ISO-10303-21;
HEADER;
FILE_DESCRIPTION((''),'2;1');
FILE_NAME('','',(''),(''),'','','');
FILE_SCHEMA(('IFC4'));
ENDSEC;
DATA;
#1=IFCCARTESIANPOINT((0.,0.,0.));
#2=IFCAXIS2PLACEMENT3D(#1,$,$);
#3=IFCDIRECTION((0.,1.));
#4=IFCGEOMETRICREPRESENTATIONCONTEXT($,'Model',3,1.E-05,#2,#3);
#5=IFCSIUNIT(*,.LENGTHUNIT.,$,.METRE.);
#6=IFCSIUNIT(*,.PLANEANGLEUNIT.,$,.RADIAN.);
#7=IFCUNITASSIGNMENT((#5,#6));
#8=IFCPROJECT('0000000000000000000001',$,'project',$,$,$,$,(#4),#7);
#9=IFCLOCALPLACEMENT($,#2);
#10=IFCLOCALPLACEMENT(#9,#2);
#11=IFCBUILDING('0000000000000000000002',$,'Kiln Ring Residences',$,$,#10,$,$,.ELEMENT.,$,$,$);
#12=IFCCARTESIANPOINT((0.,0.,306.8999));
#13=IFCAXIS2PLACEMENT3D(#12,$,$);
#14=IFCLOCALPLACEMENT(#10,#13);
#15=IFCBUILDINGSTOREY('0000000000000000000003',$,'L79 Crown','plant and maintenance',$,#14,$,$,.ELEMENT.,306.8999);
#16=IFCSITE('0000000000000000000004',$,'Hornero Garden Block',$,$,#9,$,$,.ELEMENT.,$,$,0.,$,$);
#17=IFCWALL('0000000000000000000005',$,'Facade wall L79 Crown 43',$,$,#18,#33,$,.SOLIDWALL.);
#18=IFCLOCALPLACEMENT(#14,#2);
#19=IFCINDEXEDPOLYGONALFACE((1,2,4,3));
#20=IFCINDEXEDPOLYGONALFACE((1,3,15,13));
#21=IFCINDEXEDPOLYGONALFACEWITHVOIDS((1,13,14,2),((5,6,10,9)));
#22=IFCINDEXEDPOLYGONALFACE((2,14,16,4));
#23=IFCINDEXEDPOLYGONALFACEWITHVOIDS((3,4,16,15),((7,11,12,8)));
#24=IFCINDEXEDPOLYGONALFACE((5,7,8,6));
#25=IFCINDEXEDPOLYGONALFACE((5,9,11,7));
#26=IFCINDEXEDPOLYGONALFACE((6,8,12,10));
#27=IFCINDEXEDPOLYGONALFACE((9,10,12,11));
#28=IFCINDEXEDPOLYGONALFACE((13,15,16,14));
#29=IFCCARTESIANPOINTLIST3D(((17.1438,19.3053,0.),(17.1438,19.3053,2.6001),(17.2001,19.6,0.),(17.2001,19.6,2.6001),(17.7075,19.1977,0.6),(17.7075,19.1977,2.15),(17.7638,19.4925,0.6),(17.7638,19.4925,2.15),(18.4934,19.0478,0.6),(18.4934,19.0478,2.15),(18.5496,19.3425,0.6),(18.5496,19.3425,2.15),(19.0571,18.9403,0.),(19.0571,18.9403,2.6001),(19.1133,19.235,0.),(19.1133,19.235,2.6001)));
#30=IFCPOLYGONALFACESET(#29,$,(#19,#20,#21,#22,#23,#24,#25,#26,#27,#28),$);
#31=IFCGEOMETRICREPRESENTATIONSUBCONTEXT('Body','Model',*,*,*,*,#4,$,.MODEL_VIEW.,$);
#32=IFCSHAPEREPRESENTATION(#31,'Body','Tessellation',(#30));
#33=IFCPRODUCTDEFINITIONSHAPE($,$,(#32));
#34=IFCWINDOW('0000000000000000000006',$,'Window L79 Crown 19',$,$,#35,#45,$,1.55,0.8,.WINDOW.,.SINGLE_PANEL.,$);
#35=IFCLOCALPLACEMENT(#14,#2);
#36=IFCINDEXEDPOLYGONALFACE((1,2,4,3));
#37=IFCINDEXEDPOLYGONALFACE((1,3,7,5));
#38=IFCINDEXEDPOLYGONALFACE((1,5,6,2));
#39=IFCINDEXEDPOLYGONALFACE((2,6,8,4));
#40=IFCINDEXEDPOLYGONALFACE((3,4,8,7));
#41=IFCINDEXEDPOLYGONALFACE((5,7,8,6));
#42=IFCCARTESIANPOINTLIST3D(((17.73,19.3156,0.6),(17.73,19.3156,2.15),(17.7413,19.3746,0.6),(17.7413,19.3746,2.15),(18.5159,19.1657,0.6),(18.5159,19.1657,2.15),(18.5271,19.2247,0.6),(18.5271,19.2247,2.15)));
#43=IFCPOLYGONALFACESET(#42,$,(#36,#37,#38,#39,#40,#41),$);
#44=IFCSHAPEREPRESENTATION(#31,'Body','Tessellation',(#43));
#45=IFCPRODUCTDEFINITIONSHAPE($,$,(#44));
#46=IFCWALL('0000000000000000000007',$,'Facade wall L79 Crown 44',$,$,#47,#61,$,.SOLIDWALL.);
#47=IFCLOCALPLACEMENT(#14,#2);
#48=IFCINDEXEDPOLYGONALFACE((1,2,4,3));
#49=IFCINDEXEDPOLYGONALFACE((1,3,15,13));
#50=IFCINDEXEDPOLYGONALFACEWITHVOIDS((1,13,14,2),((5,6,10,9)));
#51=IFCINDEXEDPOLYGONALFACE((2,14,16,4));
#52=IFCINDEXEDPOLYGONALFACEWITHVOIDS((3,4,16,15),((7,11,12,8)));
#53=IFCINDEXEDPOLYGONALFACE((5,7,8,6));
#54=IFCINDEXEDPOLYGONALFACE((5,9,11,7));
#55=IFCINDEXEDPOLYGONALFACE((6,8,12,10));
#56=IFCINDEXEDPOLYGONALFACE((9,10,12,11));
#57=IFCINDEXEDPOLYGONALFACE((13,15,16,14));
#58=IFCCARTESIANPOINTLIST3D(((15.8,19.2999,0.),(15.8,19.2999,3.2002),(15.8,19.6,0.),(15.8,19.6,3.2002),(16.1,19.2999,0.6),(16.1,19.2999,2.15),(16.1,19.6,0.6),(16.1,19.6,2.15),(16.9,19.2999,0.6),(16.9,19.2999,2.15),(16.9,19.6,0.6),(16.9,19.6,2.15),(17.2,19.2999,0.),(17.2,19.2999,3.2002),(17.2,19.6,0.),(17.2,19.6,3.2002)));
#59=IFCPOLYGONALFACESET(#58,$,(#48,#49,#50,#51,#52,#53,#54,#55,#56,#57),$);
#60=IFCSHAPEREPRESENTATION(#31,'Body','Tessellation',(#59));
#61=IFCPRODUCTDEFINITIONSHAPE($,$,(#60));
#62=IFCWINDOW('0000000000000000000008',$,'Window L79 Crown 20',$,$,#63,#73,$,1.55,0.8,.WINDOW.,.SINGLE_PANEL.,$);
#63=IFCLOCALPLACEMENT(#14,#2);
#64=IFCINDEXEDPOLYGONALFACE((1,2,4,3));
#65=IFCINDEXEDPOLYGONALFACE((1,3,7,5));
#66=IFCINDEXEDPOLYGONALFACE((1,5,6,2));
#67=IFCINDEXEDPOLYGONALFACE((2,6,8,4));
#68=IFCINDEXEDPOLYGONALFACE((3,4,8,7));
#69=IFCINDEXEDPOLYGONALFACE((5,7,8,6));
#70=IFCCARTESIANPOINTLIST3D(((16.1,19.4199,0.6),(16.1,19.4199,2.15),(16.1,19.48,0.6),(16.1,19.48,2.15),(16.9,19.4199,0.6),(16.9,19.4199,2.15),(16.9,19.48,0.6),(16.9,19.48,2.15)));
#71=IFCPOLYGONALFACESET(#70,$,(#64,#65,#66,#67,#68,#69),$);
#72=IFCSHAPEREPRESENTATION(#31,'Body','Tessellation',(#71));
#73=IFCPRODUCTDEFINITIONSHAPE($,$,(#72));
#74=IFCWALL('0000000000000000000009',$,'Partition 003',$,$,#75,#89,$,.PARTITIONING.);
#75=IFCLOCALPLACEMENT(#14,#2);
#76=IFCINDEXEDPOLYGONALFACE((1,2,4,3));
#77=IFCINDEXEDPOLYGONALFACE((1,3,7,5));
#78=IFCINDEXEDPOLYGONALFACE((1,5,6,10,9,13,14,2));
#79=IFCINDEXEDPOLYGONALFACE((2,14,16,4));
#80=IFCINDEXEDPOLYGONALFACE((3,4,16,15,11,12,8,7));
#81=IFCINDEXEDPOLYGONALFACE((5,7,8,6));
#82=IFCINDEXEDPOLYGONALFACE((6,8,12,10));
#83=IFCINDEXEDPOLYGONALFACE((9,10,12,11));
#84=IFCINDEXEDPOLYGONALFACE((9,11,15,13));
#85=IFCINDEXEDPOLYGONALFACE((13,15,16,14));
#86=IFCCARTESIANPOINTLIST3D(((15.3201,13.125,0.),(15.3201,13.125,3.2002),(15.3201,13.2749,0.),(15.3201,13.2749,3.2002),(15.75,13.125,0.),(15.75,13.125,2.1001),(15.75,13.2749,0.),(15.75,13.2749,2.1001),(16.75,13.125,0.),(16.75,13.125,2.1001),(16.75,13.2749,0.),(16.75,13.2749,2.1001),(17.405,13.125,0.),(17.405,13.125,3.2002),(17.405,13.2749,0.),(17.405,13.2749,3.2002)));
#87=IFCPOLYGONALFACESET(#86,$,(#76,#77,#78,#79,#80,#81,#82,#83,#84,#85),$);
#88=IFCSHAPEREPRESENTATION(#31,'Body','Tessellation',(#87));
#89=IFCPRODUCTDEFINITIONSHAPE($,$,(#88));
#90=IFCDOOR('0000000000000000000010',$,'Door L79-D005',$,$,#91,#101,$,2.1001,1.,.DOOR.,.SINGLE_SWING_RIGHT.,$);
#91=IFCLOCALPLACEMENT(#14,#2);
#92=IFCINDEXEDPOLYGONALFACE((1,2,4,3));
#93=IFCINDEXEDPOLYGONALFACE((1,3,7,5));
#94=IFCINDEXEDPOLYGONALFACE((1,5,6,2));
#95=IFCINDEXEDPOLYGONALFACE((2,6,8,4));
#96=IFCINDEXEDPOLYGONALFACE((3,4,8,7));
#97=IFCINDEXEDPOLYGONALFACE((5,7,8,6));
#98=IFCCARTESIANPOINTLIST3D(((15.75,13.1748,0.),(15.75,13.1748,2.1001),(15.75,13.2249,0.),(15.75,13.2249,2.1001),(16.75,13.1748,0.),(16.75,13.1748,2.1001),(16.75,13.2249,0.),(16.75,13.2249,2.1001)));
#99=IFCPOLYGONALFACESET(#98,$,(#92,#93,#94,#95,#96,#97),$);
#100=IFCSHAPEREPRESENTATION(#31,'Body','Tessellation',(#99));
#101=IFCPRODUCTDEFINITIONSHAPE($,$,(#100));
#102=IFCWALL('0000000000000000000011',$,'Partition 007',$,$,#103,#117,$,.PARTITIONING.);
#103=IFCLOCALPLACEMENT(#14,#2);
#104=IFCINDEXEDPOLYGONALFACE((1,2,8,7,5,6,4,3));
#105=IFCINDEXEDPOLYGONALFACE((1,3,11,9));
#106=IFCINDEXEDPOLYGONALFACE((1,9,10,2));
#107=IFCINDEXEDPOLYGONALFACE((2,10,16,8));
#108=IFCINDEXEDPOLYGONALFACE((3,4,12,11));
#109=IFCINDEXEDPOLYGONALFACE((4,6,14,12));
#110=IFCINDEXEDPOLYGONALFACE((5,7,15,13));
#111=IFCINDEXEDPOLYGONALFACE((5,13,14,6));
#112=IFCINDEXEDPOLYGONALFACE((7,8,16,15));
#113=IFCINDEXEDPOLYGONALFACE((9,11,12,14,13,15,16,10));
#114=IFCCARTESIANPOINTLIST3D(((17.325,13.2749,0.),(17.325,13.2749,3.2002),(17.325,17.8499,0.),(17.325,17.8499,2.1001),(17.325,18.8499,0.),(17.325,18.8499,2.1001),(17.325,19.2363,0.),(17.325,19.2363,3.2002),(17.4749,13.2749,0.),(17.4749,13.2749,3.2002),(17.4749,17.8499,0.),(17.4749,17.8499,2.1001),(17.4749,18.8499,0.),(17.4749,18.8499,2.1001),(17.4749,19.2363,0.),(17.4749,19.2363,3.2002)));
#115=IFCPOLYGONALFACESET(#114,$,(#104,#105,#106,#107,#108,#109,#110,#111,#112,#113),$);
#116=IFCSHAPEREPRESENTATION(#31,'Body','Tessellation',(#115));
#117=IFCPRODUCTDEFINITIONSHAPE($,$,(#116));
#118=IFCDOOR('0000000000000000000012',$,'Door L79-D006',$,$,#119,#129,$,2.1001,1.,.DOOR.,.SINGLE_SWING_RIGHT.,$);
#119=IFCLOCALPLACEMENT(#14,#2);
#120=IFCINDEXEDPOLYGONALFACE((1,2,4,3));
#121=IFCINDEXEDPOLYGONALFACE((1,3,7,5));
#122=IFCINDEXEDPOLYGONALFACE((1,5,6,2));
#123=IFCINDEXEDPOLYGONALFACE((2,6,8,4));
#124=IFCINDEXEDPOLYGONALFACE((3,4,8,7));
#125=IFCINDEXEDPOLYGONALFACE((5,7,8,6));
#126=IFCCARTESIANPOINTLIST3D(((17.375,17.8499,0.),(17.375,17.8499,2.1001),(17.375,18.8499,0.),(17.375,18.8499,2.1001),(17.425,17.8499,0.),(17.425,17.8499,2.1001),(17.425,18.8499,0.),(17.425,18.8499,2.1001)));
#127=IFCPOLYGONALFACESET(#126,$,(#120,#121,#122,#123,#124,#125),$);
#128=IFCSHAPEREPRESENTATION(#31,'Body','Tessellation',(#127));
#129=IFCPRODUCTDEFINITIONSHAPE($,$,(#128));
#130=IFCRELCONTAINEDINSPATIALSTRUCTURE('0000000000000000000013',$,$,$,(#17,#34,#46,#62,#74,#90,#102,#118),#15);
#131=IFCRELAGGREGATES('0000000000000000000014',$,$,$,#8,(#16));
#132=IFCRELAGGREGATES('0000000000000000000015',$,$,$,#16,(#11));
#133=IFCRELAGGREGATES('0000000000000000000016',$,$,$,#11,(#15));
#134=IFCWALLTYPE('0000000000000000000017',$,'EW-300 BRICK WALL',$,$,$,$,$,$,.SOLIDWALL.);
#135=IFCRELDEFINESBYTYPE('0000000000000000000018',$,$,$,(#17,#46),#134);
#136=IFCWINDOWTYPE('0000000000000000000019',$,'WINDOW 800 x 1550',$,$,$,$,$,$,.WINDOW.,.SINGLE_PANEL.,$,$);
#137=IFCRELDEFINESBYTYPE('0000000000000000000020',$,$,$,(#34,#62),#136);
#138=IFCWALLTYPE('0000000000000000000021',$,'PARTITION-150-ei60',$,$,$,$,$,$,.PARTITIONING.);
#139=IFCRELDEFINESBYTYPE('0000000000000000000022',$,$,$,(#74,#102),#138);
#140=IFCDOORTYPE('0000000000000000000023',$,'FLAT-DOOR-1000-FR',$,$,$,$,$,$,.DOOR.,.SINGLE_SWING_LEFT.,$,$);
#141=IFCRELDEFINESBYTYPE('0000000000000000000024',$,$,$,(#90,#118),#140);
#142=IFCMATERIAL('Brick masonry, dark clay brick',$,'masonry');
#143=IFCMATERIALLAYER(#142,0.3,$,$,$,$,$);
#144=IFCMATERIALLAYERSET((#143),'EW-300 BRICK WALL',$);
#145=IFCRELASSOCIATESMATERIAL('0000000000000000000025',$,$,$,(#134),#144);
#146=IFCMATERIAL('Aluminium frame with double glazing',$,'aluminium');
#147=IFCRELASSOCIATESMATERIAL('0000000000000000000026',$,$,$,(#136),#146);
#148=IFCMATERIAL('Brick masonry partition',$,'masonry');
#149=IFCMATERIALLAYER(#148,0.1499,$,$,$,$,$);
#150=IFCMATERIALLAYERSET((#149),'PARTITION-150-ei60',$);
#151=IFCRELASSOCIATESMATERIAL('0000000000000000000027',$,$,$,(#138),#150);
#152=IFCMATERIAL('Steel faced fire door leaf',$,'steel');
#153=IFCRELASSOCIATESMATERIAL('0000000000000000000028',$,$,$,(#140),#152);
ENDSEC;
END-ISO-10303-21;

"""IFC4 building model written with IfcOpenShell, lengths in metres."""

from ifc_helpers import new_model, si_unit, direction, frame, frame_2d, origin, place, context, subcontext, project, spatial, rectangle, extrude, material, layer, layer_set, type_object, element, fill, save


model = new_model("IFC4")

# Units and contexts
model_context = context("Model", 3, precision=1e-05, world=origin(), true_north=direction((0.0, 1.0)))
body_context = subcontext(model_context, "Body", "Model", "MODEL_VIEW")
ifc_project = project(units=[si_unit("LENGTHUNIT", "METRE"), si_unit("PLANEANGLEUNIT", "RADIAN")], contexts=[model_context])

# Site, building, storey
site_placement = place(None, origin())
site = spatial("IfcSite", under=ifc_project, at=site_placement, Name="Hornero Garden Block", CompositionType="ELEMENT", RefElevation=0.0)
building_placement = place(site_placement, origin())
building = spatial("IfcBuilding", under=site, at=building_placement, Name="Kiln Ring Residences", CompositionType="ELEMENT")
storey_placement = place(building_placement, frame((0.0, 0.0, 306.8999)))
storey = spatial("IfcBuildingStorey", under=building, at=storey_placement, Name="L79 Crown", Description="plant and maintenance", CompositionType="ELEMENT", Elevation=306.8999)

# Shared definitions
ifc_material_1 = material(Name="Brick masonry, dark clay brick", Category="masonry")
ifc_layer_1 = layer(ifc_material_1, 0.3)
ifc_layer_set_1 = layer_set([ifc_layer_1], Name="EW-300 BRICK WALL")
wall_type_1 = type_object("IfcWallType", Name="EW-300 BRICK WALL", PredefinedType="SOLIDWALL", material=ifc_layer_set_1)

# Walls, openings, windows
wall_1_placement = place(storey_placement, frame((19.0852, 19.0876, 0.0), z_axis=(0.0, 0.0, 1.0), x_axis=(-0.982287, 0.187383, 0.0)))
wall_1 = element("IfcWall", 1, at=wall_1_placement, inside=storey, type_object=wall_type_1, Name="Facade wall L79 Crown 43", PredefinedType="SOLIDWALL", context=body_context, shape_type="SweptSolid", body=[
    extrude(rectangle(XDim=1.9478, YDim=0.3, at=frame_2d((0.9739, 0.0))), origin(), (0.0, 0.0, 1.0), 2.6001),
])
opening_1_placement = place(wall_1_placement, frame((0.574, 0.0, 0.6001)))
opening_1 = element("IfcOpeningElement", 2, at=opening_1_placement, cuts=wall_1, PredefinedType="OPENING", context=body_context, shape_type="SweptSolid", body=[
    extrude(rectangle(XDim=0.8, YDim=1.55, at=frame_2d((0.3999, 0.7749))), frame((0.0, 0.1599, 0.0), z_axis=(0.0, -1.0, 0.0), x_axis=(1.0, 0.0, 0.0)), (0.0, 0.0, 1.0), 0.3201),
])
ifc_material_2 = material(Name="Aluminium frame with double glazing", Category="aluminium")
window_type_1 = type_object("IfcWindowType", Name="WINDOW 800 x 1550", PartitioningType="SINGLE_PANEL", PredefinedType="WINDOW", material=ifc_material_2)
window_1_placement = place(opening_1_placement, origin())
window_1 = element("IfcWindow", 3, at=window_1_placement, inside=storey, type_object=window_type_1, Name="Window L79 Crown 19", OverallHeight=1.55, OverallWidth=0.8, PartitioningType="SINGLE_PANEL", PredefinedType="WINDOW", context=body_context, shape_type="SweptSolid", body=[
    extrude(rectangle(XDim=0.8, YDim=1.55, at=frame_2d((0.3999, 0.7749))), frame((0.0, 0.03, 0.0), z_axis=(0.0, -1.0, 0.0), x_axis=(1.0, 0.0, 0.0)), (0.0, 0.0, 1.0), 0.0601),
])
fill(opening_1, window_1)
wall_2_placement = place(storey_placement, frame((17.2, 19.45, 0.0), z_axis=(0.0, 0.0, 1.0), x_axis=(-1.0, 0.0, 0.0)))
wall_2 = element("IfcWall", 4, at=wall_2_placement, inside=storey, type_object=wall_type_1, Name="Facade wall L79 Crown 44", PredefinedType="SOLIDWALL", context=body_context, shape_type="SweptSolid", body=[
    extrude(rectangle(XDim=1.3999, YDim=0.3, at=frame_2d((0.7, 0.0))), origin(), (0.0, 0.0, 1.0), 3.2002),
])
opening_2_placement = place(wall_2_placement, frame((0.3, 0.0, 0.6001)))
opening_2 = element("IfcOpeningElement", 5, at=opening_2_placement, cuts=wall_2, PredefinedType="OPENING", context=body_context, shape_type="SweptSolid", body=[
    extrude(rectangle(XDim=0.8, YDim=1.55, at=frame_2d((0.3999, 0.7749))), frame((0.0, 0.1599, 0.0), z_axis=(0.0, -1.0, 0.0), x_axis=(1.0, 0.0, 0.0)), (0.0, 0.0, 1.0), 0.3201),
])
window_2_placement = place(opening_2_placement, origin())
window_2 = element("IfcWindow", 6, at=window_2_placement, inside=storey, type_object=window_type_1, Name="Window L79 Crown 20", OverallHeight=1.55, OverallWidth=0.8, PartitioningType="SINGLE_PANEL", PredefinedType="WINDOW", context=body_context, shape_type="SweptSolid", body=[
    extrude(rectangle(XDim=0.8, YDim=1.55, at=frame_2d((0.3999, 0.7749))), frame((0.0, 0.03, 0.0), z_axis=(0.0, -1.0, 0.0), x_axis=(1.0, 0.0, 0.0)), (0.0, 0.0, 1.0), 0.0601),
])
fill(opening_2, window_2)

# Walls, openings, doors
ifc_material_3 = material(Name="Brick masonry partition", Category="masonry")
ifc_layer_2 = layer(ifc_material_3, 0.1499)
ifc_layer_set_2 = layer_set([ifc_layer_2], Name="PARTITION-150-ei60")
wall_type_2 = type_object("IfcWallType", Name="PARTITION-150-ei60", PredefinedType="PARTITIONING", material=ifc_layer_set_2)
wall_3_placement = place(storey_placement, frame((15.3201, 13.2, 0.0), z_axis=(0.0, 0.0, 1.0), x_axis=(1.0, 0.0, 0.0)))
wall_3 = element("IfcWall", 7, at=wall_3_placement, inside=storey, type_object=wall_type_2, Name="Partition 003", PredefinedType="PARTITIONING", context=body_context, shape_type="SweptSolid", body=[
    extrude(rectangle(XDim=2.085, YDim=0.1499, at=frame_2d((1.0425, 0.0))), origin(), (0.0, 0.0, 1.0), 3.2002),
])
opening_3_placement = place(wall_3_placement, frame((0.4299, 0.0, 0.0)))
opening_3 = element("IfcOpeningElement", 8, at=opening_3_placement, cuts=wall_3, PredefinedType="OPENING", context=body_context, shape_type="SweptSolid", body=[
    extrude(rectangle(XDim=1.0, YDim=2.1001, at=frame_2d((0.5, 1.05))), frame((0.0, 0.085, 0.0), z_axis=(0.0, -1.0, 0.0), x_axis=(1.0, 0.0, 0.0)), (0.0, 0.0, 1.0), 0.1699),
])
ifc_material_4 = material(Name="Steel faced fire door leaf", Category="steel")
door_type_1 = type_object("IfcDoorType", Name="FLAT-DOOR-1000-FR", OperationType="SINGLE_SWING_LEFT", PredefinedType="DOOR", material=ifc_material_4)
door_1_placement = place(opening_3_placement, origin())
door_1 = element("IfcDoor", 9, at=door_1_placement, inside=storey, type_object=door_type_1, Name="Door L79-D005", OperationType="SINGLE_SWING_RIGHT", OverallHeight=2.1001, OverallWidth=1.0, PredefinedType="DOOR", context=body_context, shape_type="SweptSolid", body=[
    extrude(rectangle(XDim=1.0, YDim=2.1001, at=frame_2d((0.5, 1.05))), frame((0.0, 0.0249, 0.0), z_axis=(0.0, -1.0, 0.0), x_axis=(1.0, 0.0, 0.0)), (0.0, 0.0, 1.0), 0.05),
])
fill(opening_3, door_1)
wall_4_placement = place(storey_placement, frame((17.3999, 13.2749, 0.0), z_axis=(0.0, 0.0, 1.0), x_axis=(0.0, 1.0, 0.0)))
wall_4 = element("IfcWall", 10, at=wall_4_placement, inside=storey, type_object=wall_type_2, Name="Partition 007", PredefinedType="PARTITIONING", context=body_context, shape_type="SweptSolid", body=[
    extrude(rectangle(XDim=5.9614, YDim=0.1499, at=frame_2d((2.9807, 0.0))), origin(), (0.0, 0.0, 1.0), 3.2002),
])
opening_4_placement = place(wall_4_placement, frame((4.575, 0.0, 0.0)))
opening_4 = element("IfcOpeningElement", 11, at=opening_4_placement, cuts=wall_4, PredefinedType="OPENING", context=body_context, shape_type="SweptSolid", body=[
    extrude(rectangle(XDim=1.0, YDim=2.1001, at=frame_2d((0.5, 1.05))), frame((0.0, 0.085, 0.0), z_axis=(0.0, -1.0, 0.0), x_axis=(1.0, 0.0, 0.0)), (0.0, 0.0, 1.0), 0.1699),
])
door_2_placement = place(opening_4_placement, origin())
door_2 = element("IfcDoor", 12, at=door_2_placement, inside=storey, type_object=door_type_1, Name="Door L79-D006", OperationType="SINGLE_SWING_RIGHT", OverallHeight=2.1001, OverallWidth=1.0, PredefinedType="DOOR", context=body_context, shape_type="SweptSolid", body=[
    extrude(rectangle(XDim=1.0, YDim=2.1001, at=frame_2d((0.5, 1.05))), frame((0.0, 0.0249, 0.0), z_axis=(0.0, -1.0, 0.0), x_axis=(1.0, 0.0, 0.0)), (0.0, 0.0, 1.0), 0.05),
])
fill(opening_4, door_2)

save(model, "model.ifc")
